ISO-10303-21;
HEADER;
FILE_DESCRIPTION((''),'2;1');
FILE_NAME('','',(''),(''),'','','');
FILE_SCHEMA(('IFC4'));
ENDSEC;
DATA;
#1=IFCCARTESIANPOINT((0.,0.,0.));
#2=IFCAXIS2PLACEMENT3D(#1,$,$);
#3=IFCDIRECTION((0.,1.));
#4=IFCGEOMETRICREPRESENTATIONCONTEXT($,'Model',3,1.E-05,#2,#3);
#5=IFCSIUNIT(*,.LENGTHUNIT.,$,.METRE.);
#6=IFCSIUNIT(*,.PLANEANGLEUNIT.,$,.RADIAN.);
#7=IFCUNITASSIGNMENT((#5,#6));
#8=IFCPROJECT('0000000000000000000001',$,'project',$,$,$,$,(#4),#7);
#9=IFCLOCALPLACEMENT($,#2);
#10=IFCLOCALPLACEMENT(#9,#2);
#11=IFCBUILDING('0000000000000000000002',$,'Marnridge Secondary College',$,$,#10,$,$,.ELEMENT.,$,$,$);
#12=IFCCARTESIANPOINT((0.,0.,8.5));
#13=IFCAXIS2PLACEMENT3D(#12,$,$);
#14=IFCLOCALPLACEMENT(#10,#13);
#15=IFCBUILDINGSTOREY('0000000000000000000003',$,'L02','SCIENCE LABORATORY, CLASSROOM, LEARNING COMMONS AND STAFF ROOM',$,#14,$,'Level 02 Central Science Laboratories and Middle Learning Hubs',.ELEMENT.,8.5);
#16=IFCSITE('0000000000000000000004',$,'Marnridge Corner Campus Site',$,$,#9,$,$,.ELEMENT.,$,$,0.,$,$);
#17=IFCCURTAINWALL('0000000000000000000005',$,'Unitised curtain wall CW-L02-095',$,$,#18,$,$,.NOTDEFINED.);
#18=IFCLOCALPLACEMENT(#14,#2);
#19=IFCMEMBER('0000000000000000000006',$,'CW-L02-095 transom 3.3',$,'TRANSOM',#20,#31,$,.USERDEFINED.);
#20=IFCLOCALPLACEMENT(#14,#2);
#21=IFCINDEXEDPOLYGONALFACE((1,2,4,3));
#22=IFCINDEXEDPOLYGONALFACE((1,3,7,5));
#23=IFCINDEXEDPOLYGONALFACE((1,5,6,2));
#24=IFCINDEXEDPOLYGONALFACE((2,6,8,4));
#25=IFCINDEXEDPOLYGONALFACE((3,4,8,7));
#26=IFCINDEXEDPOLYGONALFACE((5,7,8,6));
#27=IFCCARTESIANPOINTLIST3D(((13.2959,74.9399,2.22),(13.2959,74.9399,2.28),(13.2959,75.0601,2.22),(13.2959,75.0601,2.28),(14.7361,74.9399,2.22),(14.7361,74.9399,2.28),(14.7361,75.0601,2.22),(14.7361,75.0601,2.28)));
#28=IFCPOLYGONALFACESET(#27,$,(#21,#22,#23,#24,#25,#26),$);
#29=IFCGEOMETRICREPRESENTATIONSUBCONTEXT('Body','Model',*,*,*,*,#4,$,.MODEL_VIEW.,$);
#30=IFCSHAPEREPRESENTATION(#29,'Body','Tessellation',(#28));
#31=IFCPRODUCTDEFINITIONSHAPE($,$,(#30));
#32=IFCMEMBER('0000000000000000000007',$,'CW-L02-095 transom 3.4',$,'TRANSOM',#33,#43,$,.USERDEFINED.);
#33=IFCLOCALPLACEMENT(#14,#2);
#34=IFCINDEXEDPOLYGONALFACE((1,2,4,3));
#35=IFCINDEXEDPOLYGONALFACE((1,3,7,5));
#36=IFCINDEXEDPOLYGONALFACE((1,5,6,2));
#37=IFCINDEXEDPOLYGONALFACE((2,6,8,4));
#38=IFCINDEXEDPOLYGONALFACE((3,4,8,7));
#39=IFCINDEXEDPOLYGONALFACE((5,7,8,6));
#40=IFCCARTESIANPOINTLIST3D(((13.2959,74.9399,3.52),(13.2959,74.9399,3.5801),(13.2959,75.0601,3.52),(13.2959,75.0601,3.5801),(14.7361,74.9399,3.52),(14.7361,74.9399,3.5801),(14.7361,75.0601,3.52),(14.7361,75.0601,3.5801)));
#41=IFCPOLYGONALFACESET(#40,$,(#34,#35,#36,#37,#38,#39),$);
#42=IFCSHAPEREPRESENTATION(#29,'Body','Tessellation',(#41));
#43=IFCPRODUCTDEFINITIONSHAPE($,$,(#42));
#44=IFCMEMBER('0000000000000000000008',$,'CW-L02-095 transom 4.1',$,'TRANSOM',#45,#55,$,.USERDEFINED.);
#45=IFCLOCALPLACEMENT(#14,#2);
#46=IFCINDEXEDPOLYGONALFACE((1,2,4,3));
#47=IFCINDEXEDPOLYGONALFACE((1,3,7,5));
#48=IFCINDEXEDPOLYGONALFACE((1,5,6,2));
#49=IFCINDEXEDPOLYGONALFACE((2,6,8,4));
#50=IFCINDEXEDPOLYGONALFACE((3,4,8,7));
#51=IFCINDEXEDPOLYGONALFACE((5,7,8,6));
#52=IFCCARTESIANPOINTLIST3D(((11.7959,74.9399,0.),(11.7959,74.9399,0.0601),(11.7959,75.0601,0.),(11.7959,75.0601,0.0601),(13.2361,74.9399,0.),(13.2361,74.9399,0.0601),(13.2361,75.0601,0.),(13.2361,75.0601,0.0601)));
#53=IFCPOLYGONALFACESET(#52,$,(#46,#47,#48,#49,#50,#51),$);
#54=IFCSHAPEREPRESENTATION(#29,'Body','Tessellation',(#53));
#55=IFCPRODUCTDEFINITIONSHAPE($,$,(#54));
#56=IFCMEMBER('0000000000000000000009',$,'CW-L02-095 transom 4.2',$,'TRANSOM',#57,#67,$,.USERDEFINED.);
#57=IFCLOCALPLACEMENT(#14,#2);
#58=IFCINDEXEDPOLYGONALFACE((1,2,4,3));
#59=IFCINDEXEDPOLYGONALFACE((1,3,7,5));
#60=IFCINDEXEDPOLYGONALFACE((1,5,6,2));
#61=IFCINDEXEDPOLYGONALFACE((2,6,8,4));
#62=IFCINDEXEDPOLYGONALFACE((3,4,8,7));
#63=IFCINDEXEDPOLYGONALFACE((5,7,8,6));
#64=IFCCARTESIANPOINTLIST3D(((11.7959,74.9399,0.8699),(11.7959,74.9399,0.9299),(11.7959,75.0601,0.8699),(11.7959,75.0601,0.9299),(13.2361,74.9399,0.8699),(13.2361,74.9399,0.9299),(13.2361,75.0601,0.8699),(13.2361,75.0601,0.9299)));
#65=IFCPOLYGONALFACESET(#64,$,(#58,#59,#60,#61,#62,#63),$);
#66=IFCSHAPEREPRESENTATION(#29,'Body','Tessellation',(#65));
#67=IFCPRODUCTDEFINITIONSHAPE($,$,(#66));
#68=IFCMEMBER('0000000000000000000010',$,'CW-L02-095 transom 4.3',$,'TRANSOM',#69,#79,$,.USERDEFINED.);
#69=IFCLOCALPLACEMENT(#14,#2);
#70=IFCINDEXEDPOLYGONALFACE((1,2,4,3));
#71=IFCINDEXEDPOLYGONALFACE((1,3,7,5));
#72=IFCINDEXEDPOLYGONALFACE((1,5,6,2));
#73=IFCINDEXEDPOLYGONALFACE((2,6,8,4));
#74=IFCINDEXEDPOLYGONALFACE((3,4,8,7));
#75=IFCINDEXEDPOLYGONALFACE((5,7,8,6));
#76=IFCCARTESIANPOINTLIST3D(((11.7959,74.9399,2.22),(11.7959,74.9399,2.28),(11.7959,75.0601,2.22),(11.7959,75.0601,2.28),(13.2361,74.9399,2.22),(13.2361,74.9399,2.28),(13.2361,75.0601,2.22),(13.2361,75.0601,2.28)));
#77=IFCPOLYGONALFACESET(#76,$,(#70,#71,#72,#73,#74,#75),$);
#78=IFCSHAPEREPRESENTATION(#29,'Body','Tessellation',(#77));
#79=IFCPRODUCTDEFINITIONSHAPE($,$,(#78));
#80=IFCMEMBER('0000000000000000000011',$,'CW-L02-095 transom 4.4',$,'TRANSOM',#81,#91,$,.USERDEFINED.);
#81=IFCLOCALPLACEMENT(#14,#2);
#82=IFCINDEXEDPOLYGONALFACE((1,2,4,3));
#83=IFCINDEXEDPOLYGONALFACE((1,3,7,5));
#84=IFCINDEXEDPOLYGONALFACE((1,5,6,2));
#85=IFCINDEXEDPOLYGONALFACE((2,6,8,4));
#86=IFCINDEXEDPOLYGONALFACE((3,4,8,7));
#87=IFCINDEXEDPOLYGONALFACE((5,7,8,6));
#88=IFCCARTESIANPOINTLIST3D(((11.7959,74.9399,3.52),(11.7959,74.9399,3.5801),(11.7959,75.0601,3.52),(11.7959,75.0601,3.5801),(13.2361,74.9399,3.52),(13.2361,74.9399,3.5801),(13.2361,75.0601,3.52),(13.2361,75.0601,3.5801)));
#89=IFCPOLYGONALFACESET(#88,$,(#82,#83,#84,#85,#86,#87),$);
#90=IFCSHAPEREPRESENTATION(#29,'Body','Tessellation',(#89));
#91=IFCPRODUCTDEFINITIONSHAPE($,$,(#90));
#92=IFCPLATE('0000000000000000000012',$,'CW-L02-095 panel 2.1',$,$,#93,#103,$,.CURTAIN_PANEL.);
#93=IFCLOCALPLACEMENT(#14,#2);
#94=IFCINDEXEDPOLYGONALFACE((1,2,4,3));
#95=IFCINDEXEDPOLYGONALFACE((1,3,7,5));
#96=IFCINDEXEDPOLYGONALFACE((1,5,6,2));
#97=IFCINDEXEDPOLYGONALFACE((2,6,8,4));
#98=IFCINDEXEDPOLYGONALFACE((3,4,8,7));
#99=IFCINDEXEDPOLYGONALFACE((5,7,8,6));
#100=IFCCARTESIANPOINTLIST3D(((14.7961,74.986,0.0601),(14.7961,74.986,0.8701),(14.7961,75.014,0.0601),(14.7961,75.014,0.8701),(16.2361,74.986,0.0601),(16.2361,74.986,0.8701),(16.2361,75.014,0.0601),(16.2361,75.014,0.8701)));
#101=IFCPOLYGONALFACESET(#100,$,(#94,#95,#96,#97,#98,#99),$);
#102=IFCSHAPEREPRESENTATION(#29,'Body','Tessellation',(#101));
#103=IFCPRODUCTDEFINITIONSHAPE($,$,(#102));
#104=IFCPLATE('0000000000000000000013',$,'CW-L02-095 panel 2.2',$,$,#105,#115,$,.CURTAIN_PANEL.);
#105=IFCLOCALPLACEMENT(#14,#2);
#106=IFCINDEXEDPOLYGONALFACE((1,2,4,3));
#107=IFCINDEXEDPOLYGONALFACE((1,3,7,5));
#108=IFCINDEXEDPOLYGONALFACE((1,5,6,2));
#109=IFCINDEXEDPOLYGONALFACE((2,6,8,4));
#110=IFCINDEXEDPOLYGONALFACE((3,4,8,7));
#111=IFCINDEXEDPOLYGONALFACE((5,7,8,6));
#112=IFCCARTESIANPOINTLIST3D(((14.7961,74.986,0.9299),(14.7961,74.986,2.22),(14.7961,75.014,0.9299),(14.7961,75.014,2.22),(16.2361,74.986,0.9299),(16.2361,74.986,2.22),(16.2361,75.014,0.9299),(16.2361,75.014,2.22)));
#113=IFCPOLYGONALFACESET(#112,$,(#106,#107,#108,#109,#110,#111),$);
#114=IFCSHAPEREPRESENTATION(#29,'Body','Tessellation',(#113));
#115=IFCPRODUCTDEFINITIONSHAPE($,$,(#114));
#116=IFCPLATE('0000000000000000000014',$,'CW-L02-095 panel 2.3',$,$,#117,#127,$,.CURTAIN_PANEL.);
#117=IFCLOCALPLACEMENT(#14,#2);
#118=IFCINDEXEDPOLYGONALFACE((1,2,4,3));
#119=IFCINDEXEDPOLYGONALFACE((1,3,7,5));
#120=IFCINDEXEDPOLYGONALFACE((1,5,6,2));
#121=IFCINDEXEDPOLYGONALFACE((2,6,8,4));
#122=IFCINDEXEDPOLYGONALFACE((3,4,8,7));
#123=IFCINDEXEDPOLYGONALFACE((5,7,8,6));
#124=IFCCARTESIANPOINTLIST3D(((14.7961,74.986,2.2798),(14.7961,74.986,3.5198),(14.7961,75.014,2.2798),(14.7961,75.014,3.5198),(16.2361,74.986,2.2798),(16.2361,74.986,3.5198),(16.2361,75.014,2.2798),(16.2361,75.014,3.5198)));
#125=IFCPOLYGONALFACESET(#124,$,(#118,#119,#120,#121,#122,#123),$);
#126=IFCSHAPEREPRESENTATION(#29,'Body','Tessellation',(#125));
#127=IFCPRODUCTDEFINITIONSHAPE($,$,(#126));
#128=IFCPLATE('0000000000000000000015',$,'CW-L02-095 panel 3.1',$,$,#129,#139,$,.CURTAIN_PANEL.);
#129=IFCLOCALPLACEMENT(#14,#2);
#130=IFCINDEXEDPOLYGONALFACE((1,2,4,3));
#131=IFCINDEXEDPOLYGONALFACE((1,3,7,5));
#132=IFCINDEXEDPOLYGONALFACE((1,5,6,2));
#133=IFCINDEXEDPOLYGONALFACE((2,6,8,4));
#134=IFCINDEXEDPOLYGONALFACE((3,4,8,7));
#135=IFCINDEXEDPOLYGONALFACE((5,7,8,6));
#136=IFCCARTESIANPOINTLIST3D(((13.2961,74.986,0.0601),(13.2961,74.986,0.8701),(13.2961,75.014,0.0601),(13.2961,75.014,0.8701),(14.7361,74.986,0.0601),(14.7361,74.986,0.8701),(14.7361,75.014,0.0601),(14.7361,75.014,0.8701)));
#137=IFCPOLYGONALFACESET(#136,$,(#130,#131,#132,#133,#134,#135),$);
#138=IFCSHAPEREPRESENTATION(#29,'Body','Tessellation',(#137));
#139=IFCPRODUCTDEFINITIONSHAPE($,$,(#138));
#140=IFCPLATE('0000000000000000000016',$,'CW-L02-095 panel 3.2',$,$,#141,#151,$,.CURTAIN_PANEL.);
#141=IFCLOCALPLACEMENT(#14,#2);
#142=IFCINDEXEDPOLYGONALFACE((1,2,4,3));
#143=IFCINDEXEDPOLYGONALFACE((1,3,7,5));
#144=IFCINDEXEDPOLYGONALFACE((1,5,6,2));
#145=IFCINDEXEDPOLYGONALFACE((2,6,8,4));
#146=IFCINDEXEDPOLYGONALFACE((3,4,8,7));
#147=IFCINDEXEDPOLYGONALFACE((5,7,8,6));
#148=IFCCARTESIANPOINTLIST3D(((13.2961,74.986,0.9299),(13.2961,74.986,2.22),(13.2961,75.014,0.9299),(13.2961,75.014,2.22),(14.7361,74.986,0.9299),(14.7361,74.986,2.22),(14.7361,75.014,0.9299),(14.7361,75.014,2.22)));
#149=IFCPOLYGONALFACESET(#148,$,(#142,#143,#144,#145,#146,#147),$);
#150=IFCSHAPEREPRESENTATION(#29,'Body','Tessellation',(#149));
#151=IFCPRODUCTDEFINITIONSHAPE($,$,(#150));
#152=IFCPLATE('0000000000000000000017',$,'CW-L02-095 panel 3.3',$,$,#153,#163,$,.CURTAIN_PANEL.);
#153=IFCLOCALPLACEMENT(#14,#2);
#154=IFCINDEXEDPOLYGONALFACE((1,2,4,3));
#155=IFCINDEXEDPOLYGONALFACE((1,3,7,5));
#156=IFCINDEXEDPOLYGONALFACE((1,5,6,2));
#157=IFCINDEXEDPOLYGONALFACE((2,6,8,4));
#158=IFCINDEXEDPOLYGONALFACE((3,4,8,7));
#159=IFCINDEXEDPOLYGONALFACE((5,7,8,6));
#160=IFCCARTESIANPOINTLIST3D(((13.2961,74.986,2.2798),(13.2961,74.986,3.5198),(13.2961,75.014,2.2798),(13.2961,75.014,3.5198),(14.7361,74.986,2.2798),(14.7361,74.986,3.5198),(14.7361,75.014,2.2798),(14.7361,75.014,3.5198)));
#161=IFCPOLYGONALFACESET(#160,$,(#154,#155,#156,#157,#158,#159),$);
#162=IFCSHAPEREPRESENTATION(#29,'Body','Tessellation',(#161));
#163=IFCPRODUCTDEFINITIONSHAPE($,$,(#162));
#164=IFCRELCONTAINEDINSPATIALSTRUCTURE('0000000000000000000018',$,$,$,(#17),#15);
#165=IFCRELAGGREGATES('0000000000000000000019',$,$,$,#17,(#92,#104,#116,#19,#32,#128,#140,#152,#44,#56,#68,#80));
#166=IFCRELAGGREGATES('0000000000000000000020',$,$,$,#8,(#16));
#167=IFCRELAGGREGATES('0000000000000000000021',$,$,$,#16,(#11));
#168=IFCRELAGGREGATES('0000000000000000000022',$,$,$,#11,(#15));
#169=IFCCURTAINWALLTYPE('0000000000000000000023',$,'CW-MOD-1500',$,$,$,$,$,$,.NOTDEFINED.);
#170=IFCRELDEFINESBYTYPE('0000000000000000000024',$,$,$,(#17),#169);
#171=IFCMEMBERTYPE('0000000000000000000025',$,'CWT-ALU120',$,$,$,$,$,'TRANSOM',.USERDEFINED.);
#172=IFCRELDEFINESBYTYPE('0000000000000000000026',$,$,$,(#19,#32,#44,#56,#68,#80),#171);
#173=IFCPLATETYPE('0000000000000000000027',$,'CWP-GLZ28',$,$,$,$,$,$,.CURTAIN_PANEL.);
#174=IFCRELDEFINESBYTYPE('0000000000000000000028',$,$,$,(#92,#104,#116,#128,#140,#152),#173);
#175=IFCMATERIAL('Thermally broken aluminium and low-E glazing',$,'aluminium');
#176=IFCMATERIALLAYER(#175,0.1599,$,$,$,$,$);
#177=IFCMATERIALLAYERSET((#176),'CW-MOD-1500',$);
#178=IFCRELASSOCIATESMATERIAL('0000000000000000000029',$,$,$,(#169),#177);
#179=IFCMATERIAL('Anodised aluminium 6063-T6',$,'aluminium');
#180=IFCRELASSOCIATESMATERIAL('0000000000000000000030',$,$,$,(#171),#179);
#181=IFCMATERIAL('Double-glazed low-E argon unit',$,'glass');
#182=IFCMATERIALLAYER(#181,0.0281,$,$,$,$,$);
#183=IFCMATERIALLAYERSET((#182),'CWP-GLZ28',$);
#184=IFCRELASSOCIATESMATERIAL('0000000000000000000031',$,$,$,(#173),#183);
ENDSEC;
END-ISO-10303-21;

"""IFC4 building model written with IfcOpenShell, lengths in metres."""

from ifc_helpers import new_model, si_unit, direction, frame, origin, origin_2d, place, context, subcontext, project, spatial, rectangle, extrude, material, layer, layer_set, material_profile, profile_set, type_object, element, aggregate, save


model = new_model("IFC4")

# Units and contexts
model_context = context("Model", 3, precision=1e-05, world=origin(), true_north=direction((0.0, 1.0)))
body_context = subcontext(model_context, "Body", "Model", "MODEL_VIEW")
ifc_project = project(units=[si_unit("LENGTHUNIT", "METRE"), si_unit("PLANEANGLEUNIT", "RADIAN")], contexts=[model_context])

# Site, building, storey
site_placement = place(None, origin())
site = spatial("IfcSite", under=ifc_project, at=site_placement, Name="Marnridge Corner Campus Site", CompositionType="ELEMENT", RefElevation=0.0)
building_placement = place(site_placement, origin())
building = spatial("IfcBuilding", under=site, at=building_placement, Name="Marnridge Secondary College", CompositionType="ELEMENT")
storey_placement = place(building_placement, frame((0.0, 0.0, 8.5)))
storey = spatial("IfcBuildingStorey", under=building, at=storey_placement, Name="L02", Description="SCIENCE LABORATORY, CLASSROOM, LEARNING COMMONS AND STAFF ROOM", LongName="Level 02 Central Science Laboratories and Middle Learning Hubs", CompositionType="ELEMENT", Elevation=8.5)

# Curtain wall, members, plates
ifc_material_1 = material(Name="Thermally broken aluminium and low-E glazing", Category="aluminium")
ifc_layer_1 = layer(ifc_material_1, 0.1599)
ifc_layer_set_1 = layer_set([ifc_layer_1], Name="CW-MOD-1500")
curtain_wall_type = type_object("IfcCurtainWallType", Name="CW-MOD-1500", PredefinedType="NOTDEFINED", material=ifc_layer_set_1)
curtain_wall_placement = place(storey_placement, origin())
curtain_wall = element("IfcCurtainWall", 1, at=curtain_wall_placement, inside=storey, type_object=curtain_wall_type, Name="Unitised curtain wall CW-L02-095", PredefinedType="NOTDEFINED")
ifc_material_2 = material(Name="Anodised aluminium 6063-T6", Category="aluminium")
ifc_material_profile_1 = material_profile(ifc_material_2, rectangle(XDim=0.0601, YDim=0.1201, at=origin_2d()), Name="ALU 60x120")
ifc_profile_set_1 = profile_set([ifc_material_profile_1], Name="Anodised aluminium 6063-T6")
member_type_1 = type_object("IfcMemberType", Name="CWT-ALU120", ElementType="TRANSOM", PredefinedType="USERDEFINED", material=ifc_profile_set_1)
member_1_placement = place(storey_placement, frame((14.7361, 75.0, 2.25), z_axis=(-1.0, 0.0, 0.0), x_axis=(0.0, 0.0, 1.0)))
member_1 = element("IfcMember", 2, at=member_1_placement, type_object=member_type_1, Name="CW-L02-095 transom 3.3", ObjectType="TRANSOM", PredefinedType="USERDEFINED", context=body_context, shape_type="SweptSolid", body=[
    extrude(rectangle(XDim=0.0601, YDim=0.1201, at=origin_2d()), origin(), (0.0, 0.0, 1.0), 1.4402),
])
member_2_placement = place(storey_placement, frame((14.7361, 75.0, 3.55), z_axis=(-1.0, 0.0, 0.0), x_axis=(0.0, 0.0, 1.0)))
member_2 = element("IfcMember", 3, at=member_2_placement, type_object=member_type_1, Name="CW-L02-095 transom 3.4", ObjectType="TRANSOM", PredefinedType="USERDEFINED", context=body_context, shape_type="SweptSolid", body=[
    extrude(rectangle(XDim=0.0601, YDim=0.1201, at=origin_2d()), origin(), (0.0, 0.0, 1.0), 1.4402),
])
member_3_placement = place(storey_placement, frame((13.2361, 75.0, 0.03), z_axis=(-1.0, 0.0, 0.0), x_axis=(0.0, 0.0, 1.0)))
member_3 = element("IfcMember", 4, at=member_3_placement, type_object=member_type_1, Name="CW-L02-095 transom 4.1", ObjectType="TRANSOM", PredefinedType="USERDEFINED", context=body_context, shape_type="SweptSolid", body=[
    extrude(rectangle(XDim=0.0601, YDim=0.1201, at=origin_2d()), origin(), (0.0, 0.0, 1.0), 1.4402),
])
member_4_placement = place(storey_placement, frame((13.2361, 75.0, 0.8999), z_axis=(-1.0, 0.0, 0.0), x_axis=(0.0, 0.0, 1.0)))
member_4 = element("IfcMember", 5, at=member_4_placement, type_object=member_type_1, Name="CW-L02-095 transom 4.2", ObjectType="TRANSOM", PredefinedType="USERDEFINED", context=body_context, shape_type="SweptSolid", body=[
    extrude(rectangle(XDim=0.0601, YDim=0.1201, at=origin_2d()), origin(), (0.0, 0.0, 1.0), 1.4402),
])
member_5_placement = place(storey_placement, frame((13.2361, 75.0, 2.25), z_axis=(-1.0, 0.0, 0.0), x_axis=(0.0, 0.0, 1.0)))
member_5 = element("IfcMember", 6, at=member_5_placement, type_object=member_type_1, Name="CW-L02-095 transom 4.3", ObjectType="TRANSOM", PredefinedType="USERDEFINED", context=body_context, shape_type="SweptSolid", body=[
    extrude(rectangle(XDim=0.0601, YDim=0.1201, at=origin_2d()), origin(), (0.0, 0.0, 1.0), 1.4402),
])
member_6_placement = place(storey_placement, frame((13.2361, 75.0, 3.55), z_axis=(-1.0, 0.0, 0.0), x_axis=(0.0, 0.0, 1.0)))
member_6 = element("IfcMember", 7, at=member_6_placement, type_object=member_type_1, Name="CW-L02-095 transom 4.4", ObjectType="TRANSOM", PredefinedType="USERDEFINED", context=body_context, shape_type="SweptSolid", body=[
    extrude(rectangle(XDim=0.0601, YDim=0.1201, at=origin_2d()), origin(), (0.0, 0.0, 1.0), 1.4402),
])
ifc_material_3 = material(Name="Double-glazed low-E argon unit", Category="glass")
ifc_layer_2 = layer(ifc_material_3, 0.0281)
ifc_layer_set_2 = layer_set([ifc_layer_2], Name="CWP-GLZ28")
plate_type = type_object("IfcPlateType", Name="CWP-GLZ28", PredefinedType="CURTAIN_PANEL", material=ifc_layer_set_2)
plate_1_placement = place(storey_placement, frame((15.5161, 75.0, 0.0601), z_axis=(0.0, 0.0, 1.0), x_axis=(-1.0, 0.0, 0.0)))
plate_1 = element("IfcPlate", 8, at=plate_1_placement, type_object=plate_type, Name="CW-L02-095 panel 2.1", PredefinedType="CURTAIN_PANEL", context=body_context, shape_type="SweptSolid", body=[
    extrude(rectangle(XDim=1.4399, YDim=0.0281, at=origin_2d()), origin(), (0.0, 0.0, 1.0), 0.8101),
])
plate_2_placement = place(storey_placement, frame((15.5161, 75.0, 0.9299), z_axis=(0.0, 0.0, 1.0), x_axis=(-1.0, 0.0, 0.0)))
plate_2 = element("IfcPlate", 9, at=plate_2_placement, type_object=plate_type, Name="CW-L02-095 panel 2.2", PredefinedType="CURTAIN_PANEL", context=body_context, shape_type="SweptSolid", body=[
    extrude(rectangle(XDim=1.4399, YDim=0.0281, at=origin_2d()), origin(), (0.0, 0.0, 1.0), 1.29),
])
plate_3_placement = place(storey_placement, frame((15.5161, 75.0, 2.2798), z_axis=(0.0, 0.0, 1.0), x_axis=(-1.0, 0.0, 0.0)))
plate_3 = element("IfcPlate", 10, at=plate_3_placement, type_object=plate_type, Name="CW-L02-095 panel 2.3", PredefinedType="CURTAIN_PANEL", context=body_context, shape_type="SweptSolid", body=[
    extrude(rectangle(XDim=1.4399, YDim=0.0281, at=origin_2d()), origin(), (0.0, 0.0, 1.0), 1.24),
])
plate_4_placement = place(storey_placement, frame((14.0161, 75.0, 0.0601), z_axis=(0.0, 0.0, 1.0), x_axis=(-1.0, 0.0, 0.0)))
plate_4 = element("IfcPlate", 11, at=plate_4_placement, type_object=plate_type, Name="CW-L02-095 panel 3.1", PredefinedType="CURTAIN_PANEL", context=body_context, shape_type="SweptSolid", body=[
    extrude(rectangle(XDim=1.4399, YDim=0.0281, at=origin_2d()), origin(), (0.0, 0.0, 1.0), 0.8101),
])
plate_5_placement = place(storey_placement, frame((14.0161, 75.0, 0.9299), z_axis=(0.0, 0.0, 1.0), x_axis=(-1.0, 0.0, 0.0)))
plate_5 = element("IfcPlate", 12, at=plate_5_placement, type_object=plate_type, Name="CW-L02-095 panel 3.2", PredefinedType="CURTAIN_PANEL", context=body_context, shape_type="SweptSolid", body=[
    extrude(rectangle(XDim=1.4399, YDim=0.0281, at=origin_2d()), origin(), (0.0, 0.0, 1.0), 1.29),
])
plate_6_placement = place(storey_placement, frame((14.0161, 75.0, 2.2798), z_axis=(0.0, 0.0, 1.0), x_axis=(-1.0, 0.0, 0.0)))
plate_6 = element("IfcPlate", 13, at=plate_6_placement, type_object=plate_type, Name="CW-L02-095 panel 3.3", PredefinedType="CURTAIN_PANEL", context=body_context, shape_type="SweptSolid", body=[
    extrude(rectangle(XDim=1.4399, YDim=0.0281, at=origin_2d()), origin(), (0.0, 0.0, 1.0), 1.24),
])
aggregate(curtain_wall, [plate_1, plate_2, plate_3, member_1, member_2, plate_4, plate_5, plate_6, member_3, member_4, member_5, member_6])

save(model, "model.ifc")
